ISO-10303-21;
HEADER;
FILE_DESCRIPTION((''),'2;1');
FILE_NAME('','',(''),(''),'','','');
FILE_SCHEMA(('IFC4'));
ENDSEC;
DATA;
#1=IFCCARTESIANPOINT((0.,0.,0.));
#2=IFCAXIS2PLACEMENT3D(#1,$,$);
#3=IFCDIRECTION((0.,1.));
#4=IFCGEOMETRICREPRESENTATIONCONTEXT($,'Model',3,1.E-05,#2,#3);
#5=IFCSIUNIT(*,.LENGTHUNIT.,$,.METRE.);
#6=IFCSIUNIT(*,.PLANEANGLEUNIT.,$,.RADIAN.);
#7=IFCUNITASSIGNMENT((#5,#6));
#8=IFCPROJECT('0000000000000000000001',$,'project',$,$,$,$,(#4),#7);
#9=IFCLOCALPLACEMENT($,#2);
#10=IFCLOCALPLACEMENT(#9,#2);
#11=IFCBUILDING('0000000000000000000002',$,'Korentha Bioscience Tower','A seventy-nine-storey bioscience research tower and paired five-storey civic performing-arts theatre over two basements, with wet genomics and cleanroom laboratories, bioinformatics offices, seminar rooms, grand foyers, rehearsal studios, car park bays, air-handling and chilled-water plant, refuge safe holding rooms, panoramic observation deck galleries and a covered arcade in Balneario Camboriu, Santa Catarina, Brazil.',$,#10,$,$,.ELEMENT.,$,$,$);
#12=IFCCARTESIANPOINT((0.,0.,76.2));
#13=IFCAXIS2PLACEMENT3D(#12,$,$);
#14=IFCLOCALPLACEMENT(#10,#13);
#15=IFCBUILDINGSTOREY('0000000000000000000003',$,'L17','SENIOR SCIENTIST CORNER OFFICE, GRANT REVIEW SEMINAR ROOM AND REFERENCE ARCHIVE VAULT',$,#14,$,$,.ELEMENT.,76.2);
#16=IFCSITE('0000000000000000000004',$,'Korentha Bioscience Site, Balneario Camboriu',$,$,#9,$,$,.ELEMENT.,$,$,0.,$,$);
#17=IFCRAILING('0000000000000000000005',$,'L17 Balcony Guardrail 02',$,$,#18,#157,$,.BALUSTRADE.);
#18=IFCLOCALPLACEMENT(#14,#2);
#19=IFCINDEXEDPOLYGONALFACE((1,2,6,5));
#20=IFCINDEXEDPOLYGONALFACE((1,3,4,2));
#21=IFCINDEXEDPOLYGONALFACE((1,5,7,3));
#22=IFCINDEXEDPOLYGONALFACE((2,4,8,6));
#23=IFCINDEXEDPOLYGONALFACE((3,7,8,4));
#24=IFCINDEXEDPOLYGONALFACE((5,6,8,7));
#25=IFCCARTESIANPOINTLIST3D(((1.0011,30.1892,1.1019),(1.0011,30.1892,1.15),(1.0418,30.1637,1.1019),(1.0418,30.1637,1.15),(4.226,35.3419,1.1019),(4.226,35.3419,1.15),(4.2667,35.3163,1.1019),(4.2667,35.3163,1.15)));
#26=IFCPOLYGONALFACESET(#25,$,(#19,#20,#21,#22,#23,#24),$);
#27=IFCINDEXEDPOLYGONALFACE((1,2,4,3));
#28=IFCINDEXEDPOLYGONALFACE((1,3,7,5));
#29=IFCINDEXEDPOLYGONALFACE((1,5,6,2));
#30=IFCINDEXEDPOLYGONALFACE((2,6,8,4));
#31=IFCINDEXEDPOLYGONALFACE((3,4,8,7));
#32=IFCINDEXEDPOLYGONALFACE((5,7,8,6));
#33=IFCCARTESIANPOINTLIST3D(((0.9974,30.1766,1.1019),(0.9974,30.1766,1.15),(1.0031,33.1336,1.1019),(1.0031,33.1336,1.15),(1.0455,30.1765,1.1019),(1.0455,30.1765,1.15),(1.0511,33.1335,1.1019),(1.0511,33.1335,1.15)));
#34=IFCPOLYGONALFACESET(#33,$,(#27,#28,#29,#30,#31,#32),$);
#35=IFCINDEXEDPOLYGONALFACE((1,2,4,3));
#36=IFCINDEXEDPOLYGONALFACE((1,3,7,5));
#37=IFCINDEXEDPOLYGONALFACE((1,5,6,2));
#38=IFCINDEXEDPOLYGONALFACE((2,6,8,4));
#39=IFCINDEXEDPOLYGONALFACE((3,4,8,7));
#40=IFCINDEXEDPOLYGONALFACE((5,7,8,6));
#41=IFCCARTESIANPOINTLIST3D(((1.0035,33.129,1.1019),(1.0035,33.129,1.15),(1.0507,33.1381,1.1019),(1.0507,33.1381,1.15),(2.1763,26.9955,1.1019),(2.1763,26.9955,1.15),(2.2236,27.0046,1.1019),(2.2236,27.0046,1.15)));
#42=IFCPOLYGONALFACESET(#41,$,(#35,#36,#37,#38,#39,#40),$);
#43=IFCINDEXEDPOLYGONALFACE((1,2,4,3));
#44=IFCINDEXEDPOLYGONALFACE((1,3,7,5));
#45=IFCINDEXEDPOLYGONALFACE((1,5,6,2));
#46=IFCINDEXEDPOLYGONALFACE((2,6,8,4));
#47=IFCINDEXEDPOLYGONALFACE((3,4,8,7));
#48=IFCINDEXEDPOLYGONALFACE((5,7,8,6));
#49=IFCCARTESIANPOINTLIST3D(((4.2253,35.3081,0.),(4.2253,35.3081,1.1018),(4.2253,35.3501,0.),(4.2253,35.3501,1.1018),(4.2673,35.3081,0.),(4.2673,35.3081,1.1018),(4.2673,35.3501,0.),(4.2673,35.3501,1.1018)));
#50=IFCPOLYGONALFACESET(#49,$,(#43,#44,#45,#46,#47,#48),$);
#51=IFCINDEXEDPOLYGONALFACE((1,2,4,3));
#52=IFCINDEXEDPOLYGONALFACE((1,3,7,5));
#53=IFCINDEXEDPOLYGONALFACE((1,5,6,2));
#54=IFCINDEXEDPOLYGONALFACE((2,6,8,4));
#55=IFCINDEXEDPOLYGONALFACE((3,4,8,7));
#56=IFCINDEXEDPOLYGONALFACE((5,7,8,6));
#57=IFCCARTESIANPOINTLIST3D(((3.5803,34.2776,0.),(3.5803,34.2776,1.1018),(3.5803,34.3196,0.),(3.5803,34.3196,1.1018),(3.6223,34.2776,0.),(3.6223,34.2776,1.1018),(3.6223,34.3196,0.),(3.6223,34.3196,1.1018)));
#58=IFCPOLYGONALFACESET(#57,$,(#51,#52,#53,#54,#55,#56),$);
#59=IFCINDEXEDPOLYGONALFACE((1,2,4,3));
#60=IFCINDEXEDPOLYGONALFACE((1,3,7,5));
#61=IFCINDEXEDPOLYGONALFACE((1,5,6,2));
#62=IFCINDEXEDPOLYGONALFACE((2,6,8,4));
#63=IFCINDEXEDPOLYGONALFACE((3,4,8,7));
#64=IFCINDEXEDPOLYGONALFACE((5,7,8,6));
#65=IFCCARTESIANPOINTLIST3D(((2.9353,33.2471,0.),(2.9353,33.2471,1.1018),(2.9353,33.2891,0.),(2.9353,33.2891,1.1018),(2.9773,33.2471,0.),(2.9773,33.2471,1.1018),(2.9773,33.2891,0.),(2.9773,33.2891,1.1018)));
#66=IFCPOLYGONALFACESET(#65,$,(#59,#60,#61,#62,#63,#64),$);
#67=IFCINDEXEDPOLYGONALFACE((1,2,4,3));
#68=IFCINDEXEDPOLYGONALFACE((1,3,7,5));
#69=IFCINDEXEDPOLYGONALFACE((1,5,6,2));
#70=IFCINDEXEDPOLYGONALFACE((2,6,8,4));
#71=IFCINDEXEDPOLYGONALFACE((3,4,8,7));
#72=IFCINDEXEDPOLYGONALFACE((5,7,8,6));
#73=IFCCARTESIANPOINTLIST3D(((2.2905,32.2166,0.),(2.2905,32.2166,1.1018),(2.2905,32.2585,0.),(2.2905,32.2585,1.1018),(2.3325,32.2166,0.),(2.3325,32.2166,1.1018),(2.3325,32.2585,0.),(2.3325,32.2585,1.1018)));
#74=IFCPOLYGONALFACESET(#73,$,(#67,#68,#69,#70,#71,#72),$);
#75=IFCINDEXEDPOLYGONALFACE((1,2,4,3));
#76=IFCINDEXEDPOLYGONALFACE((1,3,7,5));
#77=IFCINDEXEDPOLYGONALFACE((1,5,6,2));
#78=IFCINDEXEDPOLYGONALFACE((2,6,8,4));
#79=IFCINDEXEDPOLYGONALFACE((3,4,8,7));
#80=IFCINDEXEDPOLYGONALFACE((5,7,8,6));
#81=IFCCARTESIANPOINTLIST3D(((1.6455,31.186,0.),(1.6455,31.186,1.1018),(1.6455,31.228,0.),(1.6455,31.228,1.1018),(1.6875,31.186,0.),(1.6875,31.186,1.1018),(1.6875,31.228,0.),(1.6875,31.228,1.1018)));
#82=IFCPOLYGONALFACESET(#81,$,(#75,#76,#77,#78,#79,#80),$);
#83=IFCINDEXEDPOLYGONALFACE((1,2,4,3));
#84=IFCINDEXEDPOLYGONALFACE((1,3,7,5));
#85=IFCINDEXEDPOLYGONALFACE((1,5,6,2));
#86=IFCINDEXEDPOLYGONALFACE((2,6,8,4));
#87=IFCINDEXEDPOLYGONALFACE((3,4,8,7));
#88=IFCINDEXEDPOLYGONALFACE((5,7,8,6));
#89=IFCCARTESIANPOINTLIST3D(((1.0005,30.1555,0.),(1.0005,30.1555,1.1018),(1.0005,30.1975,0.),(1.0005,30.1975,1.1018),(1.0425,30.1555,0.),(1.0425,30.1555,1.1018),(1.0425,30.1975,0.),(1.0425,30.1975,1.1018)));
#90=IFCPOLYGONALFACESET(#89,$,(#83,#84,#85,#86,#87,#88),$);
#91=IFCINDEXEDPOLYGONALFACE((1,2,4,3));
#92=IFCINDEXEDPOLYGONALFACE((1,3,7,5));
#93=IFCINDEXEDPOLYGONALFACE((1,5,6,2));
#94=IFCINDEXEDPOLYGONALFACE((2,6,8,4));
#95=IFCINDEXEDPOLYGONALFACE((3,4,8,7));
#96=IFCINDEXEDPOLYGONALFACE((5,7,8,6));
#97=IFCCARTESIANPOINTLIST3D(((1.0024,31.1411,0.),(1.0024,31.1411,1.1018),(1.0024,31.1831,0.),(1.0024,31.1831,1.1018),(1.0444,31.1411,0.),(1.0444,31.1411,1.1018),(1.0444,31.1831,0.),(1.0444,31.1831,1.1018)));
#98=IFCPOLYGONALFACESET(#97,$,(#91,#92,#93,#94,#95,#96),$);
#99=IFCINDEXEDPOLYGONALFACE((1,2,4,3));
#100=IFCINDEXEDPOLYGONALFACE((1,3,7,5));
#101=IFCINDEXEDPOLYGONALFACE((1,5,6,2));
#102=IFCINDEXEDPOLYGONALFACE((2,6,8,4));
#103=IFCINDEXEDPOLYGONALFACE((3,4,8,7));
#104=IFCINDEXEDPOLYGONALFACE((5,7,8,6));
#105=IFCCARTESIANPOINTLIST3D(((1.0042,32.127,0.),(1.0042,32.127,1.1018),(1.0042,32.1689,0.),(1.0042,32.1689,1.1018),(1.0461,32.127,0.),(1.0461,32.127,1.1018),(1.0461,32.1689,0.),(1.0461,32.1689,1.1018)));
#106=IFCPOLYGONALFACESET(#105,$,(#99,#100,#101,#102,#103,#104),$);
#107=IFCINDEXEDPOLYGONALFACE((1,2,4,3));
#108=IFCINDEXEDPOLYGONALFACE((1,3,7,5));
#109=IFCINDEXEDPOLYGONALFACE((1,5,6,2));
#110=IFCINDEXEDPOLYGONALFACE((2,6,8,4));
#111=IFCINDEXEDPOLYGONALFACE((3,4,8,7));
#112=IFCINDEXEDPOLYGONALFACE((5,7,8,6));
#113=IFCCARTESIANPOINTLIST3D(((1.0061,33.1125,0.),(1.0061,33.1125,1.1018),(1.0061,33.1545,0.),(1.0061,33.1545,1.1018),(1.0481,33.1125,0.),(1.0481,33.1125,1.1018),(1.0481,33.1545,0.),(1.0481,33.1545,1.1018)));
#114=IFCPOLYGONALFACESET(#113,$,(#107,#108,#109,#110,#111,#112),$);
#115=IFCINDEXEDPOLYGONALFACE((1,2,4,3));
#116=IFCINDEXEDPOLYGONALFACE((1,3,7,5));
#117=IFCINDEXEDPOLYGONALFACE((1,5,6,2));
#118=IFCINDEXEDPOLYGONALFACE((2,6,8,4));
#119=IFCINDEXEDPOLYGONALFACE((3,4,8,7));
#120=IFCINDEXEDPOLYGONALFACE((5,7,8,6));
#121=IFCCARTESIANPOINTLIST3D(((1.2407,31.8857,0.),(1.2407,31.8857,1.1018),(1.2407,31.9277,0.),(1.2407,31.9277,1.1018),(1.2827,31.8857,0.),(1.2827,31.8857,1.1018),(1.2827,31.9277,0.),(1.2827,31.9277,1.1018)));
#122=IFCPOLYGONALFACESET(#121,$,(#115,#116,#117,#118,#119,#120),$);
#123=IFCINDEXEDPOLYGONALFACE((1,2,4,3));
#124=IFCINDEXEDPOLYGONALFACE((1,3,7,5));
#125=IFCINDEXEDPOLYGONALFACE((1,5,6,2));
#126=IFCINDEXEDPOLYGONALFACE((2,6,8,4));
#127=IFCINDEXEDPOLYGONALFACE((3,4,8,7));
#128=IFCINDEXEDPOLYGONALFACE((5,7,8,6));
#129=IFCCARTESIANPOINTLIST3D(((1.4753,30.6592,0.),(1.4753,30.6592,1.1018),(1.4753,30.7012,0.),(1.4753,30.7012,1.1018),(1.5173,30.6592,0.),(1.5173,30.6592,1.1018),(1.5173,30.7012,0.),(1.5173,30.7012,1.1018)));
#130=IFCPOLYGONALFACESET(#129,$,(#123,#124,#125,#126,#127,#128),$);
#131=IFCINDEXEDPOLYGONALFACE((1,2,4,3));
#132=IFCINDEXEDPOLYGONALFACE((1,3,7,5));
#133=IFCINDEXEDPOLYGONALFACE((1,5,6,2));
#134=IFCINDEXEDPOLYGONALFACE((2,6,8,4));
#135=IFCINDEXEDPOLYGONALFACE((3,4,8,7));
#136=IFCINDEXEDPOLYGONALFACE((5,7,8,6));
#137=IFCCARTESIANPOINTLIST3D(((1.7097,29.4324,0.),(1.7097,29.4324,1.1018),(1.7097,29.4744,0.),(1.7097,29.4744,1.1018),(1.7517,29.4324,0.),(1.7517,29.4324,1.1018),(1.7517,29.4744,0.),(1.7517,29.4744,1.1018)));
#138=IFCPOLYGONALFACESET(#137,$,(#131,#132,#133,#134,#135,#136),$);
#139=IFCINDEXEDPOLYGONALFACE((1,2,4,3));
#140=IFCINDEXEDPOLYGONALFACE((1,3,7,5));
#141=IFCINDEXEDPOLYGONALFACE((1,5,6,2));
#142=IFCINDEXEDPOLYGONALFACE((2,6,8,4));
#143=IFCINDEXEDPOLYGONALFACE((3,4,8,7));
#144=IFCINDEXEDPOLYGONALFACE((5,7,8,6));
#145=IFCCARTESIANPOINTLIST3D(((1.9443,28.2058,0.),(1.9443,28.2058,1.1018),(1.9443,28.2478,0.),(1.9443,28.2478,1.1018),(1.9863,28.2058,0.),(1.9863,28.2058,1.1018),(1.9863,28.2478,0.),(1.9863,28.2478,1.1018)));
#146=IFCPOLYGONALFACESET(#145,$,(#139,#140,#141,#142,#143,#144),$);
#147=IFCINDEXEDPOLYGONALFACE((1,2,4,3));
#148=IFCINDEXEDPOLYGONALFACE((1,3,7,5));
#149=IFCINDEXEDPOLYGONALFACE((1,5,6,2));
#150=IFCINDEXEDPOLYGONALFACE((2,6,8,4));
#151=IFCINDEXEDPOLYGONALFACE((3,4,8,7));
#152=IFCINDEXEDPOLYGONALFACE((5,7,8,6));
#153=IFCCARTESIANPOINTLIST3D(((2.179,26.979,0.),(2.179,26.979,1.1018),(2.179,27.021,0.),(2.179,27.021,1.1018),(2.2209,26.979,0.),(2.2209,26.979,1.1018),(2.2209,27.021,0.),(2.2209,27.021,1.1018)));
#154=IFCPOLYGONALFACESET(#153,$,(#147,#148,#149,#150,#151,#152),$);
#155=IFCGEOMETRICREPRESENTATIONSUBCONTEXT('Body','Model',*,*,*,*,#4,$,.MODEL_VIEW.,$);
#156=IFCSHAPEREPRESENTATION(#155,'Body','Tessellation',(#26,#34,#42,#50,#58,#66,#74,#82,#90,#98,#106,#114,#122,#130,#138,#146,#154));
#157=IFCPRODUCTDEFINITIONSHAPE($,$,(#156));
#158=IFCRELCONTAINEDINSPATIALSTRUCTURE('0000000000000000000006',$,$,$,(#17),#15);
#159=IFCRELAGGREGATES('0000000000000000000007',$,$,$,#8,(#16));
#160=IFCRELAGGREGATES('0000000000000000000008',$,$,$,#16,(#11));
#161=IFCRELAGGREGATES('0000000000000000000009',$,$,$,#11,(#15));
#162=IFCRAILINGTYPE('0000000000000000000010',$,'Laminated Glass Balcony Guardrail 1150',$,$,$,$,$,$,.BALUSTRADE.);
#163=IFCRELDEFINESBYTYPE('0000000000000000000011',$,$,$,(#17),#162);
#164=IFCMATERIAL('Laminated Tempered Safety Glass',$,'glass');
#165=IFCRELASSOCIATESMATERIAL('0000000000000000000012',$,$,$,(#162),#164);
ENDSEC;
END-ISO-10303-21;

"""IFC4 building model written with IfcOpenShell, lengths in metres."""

from ifc_helpers import new_model, si_unit, direction, frame, origin, origin_2d, place, context, subcontext, project, spatial, rectangle, extrude, material, type_object, element, save


model = new_model("IFC4")

# Units and contexts
model_context = context("Model", 3, precision=1e-05, world=origin(), true_north=direction((0.0, 1.0)))
body_context = subcontext(model_context, "Body", "Model", "MODEL_VIEW")
ifc_project = project(units=[si_unit("LENGTHUNIT", "METRE"), si_unit("PLANEANGLEUNIT", "RADIAN")], contexts=[model_context])

# Site, building, storey
site_placement = place(None, origin())
site = spatial("IfcSite", under=ifc_project, at=site_placement, Name="Korentha Bioscience Site, Balneario Camboriu", CompositionType="ELEMENT", RefElevation=0.0)
building_placement = place(site_placement, origin())
building = spatial("IfcBuilding", under=site, at=building_placement, Name="Korentha Bioscience Tower", Description="A seventy-nine-storey bioscience research tower and paired five-storey civic performing-arts theatre over two basements, with wet genomics and cleanroom laboratories, bioinformatics offices, seminar rooms, grand foyers, rehearsal studios, car park bays, air-handling and chilled-water plant, refuge safe holding rooms, panoramic observation deck galleries and a covered arcade in Balneario Camboriu, Santa Catarina, Brazil.", CompositionType="ELEMENT")
storey_placement = place(building_placement, frame((0.0, 0.0, 76.2)))
storey = spatial("IfcBuildingStorey", under=building, at=storey_placement, Name="L17", Description="SENIOR SCIENTIST CORNER OFFICE, GRANT REVIEW SEMINAR ROOM AND REFERENCE ARCHIVE VAULT", CompositionType="ELEMENT", Elevation=76.2)

# Railing
ifc_material_1 = material(Name="Laminated Tempered Safety Glass", Category="glass")
railing_type = type_object("IfcRailingType", Name="Laminated Glass Balcony Guardrail 1150", PredefinedType="BALUSTRADE", material=ifc_material_1)
railing_placement = place(storey_placement, frame((4.2463, 35.3291, 0.0)))
element("IfcRailing", 1, at=railing_placement, inside=storey, type_object=railing_type, Name="L17 Balcony Guardrail 02", PredefinedType="BALUSTRADE", context=body_context, shape_type="SweptSolid", body=[
    extrude(rectangle(XDim=0.0481, YDim=0.0481, at=origin_2d()), frame((0.0, 0.0, 1.126), z_axis=(-0.53053, -0.847666, 0.0), x_axis=(0.847666, -0.53053, 0.0)), (0.0, 0.0, 1.0), 6.0786),
    extrude(rectangle(XDim=0.0481, YDim=0.0481, at=origin_2d()), frame((-3.2249, -5.1526, 1.126), z_axis=(0.001899, 0.999998, 0.0), x_axis=(-0.999998, 0.001899, 0.0)), (0.0, 0.0, 1.0), 2.957),
    extrude(rectangle(XDim=0.0481, YDim=0.0481, at=origin_2d()), frame((-3.2192, -2.1956, 1.126), z_axis=(0.187816, -0.982204, 0.0), x_axis=(0.982204, 0.187816, 0.0)), (0.0, 0.0, 1.0), 6.2446),
    extrude(rectangle(XDim=0.042, YDim=0.042, at=origin_2d()), origin(), (0.0, 0.0, 1.0), 1.1018),
    extrude(rectangle(XDim=0.042, YDim=0.042, at=origin_2d()), frame((-0.645, -1.0305, 0.0)), (0.0, 0.0, 1.0), 1.1018),
    extrude(rectangle(XDim=0.042, YDim=0.042, at=origin_2d()), frame((-1.29, -2.061, 0.0)), (0.0, 0.0, 1.0), 1.1018),
    extrude(rectangle(XDim=0.042, YDim=0.042, at=origin_2d()), frame((-1.9348, -3.0916, 0.0)), (0.0, 0.0, 1.0), 1.1018),
    extrude(rectangle(XDim=0.042, YDim=0.042, at=origin_2d()), frame((-2.5798, -4.1221, 0.0)), (0.0, 0.0, 1.0), 1.1018),
    extrude(rectangle(XDim=0.042, YDim=0.042, at=origin_2d()), frame((-3.2249, -5.1526, 0.0)), (0.0, 0.0, 1.0), 1.1018),
    extrude(rectangle(XDim=0.042, YDim=0.042, at=origin_2d()), frame((-3.2229, -4.167, 0.0)), (0.0, 0.0, 1.0), 1.1018),
    extrude(rectangle(XDim=0.042, YDim=0.042, at=origin_2d()), frame((-3.2212, -3.1812, 0.0)), (0.0, 0.0, 1.0), 1.1018),
    extrude(rectangle(XDim=0.042, YDim=0.042, at=origin_2d()), frame((-3.2192, -2.1956, 0.0)), (0.0, 0.0, 1.0), 1.1018),
    extrude(rectangle(XDim=0.042, YDim=0.042, at=origin_2d()), frame((-2.9846, -3.4224, 0.0)), (0.0, 0.0, 1.0), 1.1018),
    extrude(rectangle(XDim=0.042, YDim=0.042, at=origin_2d()), frame((-2.75, -4.6489, 0.0)), (0.0, 0.0, 1.0), 1.1018),
    extrude(rectangle(XDim=0.042, YDim=0.042, at=origin_2d()), frame((-2.5156, -5.8757, 0.0)), (0.0, 0.0, 1.0), 1.1018),
    extrude(rectangle(XDim=0.042, YDim=0.042, at=origin_2d()), frame((-2.281, -7.1023, 0.0)), (0.0, 0.0, 1.0), 1.1018),
    extrude(rectangle(XDim=0.042, YDim=0.042, at=origin_2d()), frame((-2.0464, -8.3291, 0.0)), (0.0, 0.0, 1.0), 1.1018),
])

save(model, "model.ifc")
